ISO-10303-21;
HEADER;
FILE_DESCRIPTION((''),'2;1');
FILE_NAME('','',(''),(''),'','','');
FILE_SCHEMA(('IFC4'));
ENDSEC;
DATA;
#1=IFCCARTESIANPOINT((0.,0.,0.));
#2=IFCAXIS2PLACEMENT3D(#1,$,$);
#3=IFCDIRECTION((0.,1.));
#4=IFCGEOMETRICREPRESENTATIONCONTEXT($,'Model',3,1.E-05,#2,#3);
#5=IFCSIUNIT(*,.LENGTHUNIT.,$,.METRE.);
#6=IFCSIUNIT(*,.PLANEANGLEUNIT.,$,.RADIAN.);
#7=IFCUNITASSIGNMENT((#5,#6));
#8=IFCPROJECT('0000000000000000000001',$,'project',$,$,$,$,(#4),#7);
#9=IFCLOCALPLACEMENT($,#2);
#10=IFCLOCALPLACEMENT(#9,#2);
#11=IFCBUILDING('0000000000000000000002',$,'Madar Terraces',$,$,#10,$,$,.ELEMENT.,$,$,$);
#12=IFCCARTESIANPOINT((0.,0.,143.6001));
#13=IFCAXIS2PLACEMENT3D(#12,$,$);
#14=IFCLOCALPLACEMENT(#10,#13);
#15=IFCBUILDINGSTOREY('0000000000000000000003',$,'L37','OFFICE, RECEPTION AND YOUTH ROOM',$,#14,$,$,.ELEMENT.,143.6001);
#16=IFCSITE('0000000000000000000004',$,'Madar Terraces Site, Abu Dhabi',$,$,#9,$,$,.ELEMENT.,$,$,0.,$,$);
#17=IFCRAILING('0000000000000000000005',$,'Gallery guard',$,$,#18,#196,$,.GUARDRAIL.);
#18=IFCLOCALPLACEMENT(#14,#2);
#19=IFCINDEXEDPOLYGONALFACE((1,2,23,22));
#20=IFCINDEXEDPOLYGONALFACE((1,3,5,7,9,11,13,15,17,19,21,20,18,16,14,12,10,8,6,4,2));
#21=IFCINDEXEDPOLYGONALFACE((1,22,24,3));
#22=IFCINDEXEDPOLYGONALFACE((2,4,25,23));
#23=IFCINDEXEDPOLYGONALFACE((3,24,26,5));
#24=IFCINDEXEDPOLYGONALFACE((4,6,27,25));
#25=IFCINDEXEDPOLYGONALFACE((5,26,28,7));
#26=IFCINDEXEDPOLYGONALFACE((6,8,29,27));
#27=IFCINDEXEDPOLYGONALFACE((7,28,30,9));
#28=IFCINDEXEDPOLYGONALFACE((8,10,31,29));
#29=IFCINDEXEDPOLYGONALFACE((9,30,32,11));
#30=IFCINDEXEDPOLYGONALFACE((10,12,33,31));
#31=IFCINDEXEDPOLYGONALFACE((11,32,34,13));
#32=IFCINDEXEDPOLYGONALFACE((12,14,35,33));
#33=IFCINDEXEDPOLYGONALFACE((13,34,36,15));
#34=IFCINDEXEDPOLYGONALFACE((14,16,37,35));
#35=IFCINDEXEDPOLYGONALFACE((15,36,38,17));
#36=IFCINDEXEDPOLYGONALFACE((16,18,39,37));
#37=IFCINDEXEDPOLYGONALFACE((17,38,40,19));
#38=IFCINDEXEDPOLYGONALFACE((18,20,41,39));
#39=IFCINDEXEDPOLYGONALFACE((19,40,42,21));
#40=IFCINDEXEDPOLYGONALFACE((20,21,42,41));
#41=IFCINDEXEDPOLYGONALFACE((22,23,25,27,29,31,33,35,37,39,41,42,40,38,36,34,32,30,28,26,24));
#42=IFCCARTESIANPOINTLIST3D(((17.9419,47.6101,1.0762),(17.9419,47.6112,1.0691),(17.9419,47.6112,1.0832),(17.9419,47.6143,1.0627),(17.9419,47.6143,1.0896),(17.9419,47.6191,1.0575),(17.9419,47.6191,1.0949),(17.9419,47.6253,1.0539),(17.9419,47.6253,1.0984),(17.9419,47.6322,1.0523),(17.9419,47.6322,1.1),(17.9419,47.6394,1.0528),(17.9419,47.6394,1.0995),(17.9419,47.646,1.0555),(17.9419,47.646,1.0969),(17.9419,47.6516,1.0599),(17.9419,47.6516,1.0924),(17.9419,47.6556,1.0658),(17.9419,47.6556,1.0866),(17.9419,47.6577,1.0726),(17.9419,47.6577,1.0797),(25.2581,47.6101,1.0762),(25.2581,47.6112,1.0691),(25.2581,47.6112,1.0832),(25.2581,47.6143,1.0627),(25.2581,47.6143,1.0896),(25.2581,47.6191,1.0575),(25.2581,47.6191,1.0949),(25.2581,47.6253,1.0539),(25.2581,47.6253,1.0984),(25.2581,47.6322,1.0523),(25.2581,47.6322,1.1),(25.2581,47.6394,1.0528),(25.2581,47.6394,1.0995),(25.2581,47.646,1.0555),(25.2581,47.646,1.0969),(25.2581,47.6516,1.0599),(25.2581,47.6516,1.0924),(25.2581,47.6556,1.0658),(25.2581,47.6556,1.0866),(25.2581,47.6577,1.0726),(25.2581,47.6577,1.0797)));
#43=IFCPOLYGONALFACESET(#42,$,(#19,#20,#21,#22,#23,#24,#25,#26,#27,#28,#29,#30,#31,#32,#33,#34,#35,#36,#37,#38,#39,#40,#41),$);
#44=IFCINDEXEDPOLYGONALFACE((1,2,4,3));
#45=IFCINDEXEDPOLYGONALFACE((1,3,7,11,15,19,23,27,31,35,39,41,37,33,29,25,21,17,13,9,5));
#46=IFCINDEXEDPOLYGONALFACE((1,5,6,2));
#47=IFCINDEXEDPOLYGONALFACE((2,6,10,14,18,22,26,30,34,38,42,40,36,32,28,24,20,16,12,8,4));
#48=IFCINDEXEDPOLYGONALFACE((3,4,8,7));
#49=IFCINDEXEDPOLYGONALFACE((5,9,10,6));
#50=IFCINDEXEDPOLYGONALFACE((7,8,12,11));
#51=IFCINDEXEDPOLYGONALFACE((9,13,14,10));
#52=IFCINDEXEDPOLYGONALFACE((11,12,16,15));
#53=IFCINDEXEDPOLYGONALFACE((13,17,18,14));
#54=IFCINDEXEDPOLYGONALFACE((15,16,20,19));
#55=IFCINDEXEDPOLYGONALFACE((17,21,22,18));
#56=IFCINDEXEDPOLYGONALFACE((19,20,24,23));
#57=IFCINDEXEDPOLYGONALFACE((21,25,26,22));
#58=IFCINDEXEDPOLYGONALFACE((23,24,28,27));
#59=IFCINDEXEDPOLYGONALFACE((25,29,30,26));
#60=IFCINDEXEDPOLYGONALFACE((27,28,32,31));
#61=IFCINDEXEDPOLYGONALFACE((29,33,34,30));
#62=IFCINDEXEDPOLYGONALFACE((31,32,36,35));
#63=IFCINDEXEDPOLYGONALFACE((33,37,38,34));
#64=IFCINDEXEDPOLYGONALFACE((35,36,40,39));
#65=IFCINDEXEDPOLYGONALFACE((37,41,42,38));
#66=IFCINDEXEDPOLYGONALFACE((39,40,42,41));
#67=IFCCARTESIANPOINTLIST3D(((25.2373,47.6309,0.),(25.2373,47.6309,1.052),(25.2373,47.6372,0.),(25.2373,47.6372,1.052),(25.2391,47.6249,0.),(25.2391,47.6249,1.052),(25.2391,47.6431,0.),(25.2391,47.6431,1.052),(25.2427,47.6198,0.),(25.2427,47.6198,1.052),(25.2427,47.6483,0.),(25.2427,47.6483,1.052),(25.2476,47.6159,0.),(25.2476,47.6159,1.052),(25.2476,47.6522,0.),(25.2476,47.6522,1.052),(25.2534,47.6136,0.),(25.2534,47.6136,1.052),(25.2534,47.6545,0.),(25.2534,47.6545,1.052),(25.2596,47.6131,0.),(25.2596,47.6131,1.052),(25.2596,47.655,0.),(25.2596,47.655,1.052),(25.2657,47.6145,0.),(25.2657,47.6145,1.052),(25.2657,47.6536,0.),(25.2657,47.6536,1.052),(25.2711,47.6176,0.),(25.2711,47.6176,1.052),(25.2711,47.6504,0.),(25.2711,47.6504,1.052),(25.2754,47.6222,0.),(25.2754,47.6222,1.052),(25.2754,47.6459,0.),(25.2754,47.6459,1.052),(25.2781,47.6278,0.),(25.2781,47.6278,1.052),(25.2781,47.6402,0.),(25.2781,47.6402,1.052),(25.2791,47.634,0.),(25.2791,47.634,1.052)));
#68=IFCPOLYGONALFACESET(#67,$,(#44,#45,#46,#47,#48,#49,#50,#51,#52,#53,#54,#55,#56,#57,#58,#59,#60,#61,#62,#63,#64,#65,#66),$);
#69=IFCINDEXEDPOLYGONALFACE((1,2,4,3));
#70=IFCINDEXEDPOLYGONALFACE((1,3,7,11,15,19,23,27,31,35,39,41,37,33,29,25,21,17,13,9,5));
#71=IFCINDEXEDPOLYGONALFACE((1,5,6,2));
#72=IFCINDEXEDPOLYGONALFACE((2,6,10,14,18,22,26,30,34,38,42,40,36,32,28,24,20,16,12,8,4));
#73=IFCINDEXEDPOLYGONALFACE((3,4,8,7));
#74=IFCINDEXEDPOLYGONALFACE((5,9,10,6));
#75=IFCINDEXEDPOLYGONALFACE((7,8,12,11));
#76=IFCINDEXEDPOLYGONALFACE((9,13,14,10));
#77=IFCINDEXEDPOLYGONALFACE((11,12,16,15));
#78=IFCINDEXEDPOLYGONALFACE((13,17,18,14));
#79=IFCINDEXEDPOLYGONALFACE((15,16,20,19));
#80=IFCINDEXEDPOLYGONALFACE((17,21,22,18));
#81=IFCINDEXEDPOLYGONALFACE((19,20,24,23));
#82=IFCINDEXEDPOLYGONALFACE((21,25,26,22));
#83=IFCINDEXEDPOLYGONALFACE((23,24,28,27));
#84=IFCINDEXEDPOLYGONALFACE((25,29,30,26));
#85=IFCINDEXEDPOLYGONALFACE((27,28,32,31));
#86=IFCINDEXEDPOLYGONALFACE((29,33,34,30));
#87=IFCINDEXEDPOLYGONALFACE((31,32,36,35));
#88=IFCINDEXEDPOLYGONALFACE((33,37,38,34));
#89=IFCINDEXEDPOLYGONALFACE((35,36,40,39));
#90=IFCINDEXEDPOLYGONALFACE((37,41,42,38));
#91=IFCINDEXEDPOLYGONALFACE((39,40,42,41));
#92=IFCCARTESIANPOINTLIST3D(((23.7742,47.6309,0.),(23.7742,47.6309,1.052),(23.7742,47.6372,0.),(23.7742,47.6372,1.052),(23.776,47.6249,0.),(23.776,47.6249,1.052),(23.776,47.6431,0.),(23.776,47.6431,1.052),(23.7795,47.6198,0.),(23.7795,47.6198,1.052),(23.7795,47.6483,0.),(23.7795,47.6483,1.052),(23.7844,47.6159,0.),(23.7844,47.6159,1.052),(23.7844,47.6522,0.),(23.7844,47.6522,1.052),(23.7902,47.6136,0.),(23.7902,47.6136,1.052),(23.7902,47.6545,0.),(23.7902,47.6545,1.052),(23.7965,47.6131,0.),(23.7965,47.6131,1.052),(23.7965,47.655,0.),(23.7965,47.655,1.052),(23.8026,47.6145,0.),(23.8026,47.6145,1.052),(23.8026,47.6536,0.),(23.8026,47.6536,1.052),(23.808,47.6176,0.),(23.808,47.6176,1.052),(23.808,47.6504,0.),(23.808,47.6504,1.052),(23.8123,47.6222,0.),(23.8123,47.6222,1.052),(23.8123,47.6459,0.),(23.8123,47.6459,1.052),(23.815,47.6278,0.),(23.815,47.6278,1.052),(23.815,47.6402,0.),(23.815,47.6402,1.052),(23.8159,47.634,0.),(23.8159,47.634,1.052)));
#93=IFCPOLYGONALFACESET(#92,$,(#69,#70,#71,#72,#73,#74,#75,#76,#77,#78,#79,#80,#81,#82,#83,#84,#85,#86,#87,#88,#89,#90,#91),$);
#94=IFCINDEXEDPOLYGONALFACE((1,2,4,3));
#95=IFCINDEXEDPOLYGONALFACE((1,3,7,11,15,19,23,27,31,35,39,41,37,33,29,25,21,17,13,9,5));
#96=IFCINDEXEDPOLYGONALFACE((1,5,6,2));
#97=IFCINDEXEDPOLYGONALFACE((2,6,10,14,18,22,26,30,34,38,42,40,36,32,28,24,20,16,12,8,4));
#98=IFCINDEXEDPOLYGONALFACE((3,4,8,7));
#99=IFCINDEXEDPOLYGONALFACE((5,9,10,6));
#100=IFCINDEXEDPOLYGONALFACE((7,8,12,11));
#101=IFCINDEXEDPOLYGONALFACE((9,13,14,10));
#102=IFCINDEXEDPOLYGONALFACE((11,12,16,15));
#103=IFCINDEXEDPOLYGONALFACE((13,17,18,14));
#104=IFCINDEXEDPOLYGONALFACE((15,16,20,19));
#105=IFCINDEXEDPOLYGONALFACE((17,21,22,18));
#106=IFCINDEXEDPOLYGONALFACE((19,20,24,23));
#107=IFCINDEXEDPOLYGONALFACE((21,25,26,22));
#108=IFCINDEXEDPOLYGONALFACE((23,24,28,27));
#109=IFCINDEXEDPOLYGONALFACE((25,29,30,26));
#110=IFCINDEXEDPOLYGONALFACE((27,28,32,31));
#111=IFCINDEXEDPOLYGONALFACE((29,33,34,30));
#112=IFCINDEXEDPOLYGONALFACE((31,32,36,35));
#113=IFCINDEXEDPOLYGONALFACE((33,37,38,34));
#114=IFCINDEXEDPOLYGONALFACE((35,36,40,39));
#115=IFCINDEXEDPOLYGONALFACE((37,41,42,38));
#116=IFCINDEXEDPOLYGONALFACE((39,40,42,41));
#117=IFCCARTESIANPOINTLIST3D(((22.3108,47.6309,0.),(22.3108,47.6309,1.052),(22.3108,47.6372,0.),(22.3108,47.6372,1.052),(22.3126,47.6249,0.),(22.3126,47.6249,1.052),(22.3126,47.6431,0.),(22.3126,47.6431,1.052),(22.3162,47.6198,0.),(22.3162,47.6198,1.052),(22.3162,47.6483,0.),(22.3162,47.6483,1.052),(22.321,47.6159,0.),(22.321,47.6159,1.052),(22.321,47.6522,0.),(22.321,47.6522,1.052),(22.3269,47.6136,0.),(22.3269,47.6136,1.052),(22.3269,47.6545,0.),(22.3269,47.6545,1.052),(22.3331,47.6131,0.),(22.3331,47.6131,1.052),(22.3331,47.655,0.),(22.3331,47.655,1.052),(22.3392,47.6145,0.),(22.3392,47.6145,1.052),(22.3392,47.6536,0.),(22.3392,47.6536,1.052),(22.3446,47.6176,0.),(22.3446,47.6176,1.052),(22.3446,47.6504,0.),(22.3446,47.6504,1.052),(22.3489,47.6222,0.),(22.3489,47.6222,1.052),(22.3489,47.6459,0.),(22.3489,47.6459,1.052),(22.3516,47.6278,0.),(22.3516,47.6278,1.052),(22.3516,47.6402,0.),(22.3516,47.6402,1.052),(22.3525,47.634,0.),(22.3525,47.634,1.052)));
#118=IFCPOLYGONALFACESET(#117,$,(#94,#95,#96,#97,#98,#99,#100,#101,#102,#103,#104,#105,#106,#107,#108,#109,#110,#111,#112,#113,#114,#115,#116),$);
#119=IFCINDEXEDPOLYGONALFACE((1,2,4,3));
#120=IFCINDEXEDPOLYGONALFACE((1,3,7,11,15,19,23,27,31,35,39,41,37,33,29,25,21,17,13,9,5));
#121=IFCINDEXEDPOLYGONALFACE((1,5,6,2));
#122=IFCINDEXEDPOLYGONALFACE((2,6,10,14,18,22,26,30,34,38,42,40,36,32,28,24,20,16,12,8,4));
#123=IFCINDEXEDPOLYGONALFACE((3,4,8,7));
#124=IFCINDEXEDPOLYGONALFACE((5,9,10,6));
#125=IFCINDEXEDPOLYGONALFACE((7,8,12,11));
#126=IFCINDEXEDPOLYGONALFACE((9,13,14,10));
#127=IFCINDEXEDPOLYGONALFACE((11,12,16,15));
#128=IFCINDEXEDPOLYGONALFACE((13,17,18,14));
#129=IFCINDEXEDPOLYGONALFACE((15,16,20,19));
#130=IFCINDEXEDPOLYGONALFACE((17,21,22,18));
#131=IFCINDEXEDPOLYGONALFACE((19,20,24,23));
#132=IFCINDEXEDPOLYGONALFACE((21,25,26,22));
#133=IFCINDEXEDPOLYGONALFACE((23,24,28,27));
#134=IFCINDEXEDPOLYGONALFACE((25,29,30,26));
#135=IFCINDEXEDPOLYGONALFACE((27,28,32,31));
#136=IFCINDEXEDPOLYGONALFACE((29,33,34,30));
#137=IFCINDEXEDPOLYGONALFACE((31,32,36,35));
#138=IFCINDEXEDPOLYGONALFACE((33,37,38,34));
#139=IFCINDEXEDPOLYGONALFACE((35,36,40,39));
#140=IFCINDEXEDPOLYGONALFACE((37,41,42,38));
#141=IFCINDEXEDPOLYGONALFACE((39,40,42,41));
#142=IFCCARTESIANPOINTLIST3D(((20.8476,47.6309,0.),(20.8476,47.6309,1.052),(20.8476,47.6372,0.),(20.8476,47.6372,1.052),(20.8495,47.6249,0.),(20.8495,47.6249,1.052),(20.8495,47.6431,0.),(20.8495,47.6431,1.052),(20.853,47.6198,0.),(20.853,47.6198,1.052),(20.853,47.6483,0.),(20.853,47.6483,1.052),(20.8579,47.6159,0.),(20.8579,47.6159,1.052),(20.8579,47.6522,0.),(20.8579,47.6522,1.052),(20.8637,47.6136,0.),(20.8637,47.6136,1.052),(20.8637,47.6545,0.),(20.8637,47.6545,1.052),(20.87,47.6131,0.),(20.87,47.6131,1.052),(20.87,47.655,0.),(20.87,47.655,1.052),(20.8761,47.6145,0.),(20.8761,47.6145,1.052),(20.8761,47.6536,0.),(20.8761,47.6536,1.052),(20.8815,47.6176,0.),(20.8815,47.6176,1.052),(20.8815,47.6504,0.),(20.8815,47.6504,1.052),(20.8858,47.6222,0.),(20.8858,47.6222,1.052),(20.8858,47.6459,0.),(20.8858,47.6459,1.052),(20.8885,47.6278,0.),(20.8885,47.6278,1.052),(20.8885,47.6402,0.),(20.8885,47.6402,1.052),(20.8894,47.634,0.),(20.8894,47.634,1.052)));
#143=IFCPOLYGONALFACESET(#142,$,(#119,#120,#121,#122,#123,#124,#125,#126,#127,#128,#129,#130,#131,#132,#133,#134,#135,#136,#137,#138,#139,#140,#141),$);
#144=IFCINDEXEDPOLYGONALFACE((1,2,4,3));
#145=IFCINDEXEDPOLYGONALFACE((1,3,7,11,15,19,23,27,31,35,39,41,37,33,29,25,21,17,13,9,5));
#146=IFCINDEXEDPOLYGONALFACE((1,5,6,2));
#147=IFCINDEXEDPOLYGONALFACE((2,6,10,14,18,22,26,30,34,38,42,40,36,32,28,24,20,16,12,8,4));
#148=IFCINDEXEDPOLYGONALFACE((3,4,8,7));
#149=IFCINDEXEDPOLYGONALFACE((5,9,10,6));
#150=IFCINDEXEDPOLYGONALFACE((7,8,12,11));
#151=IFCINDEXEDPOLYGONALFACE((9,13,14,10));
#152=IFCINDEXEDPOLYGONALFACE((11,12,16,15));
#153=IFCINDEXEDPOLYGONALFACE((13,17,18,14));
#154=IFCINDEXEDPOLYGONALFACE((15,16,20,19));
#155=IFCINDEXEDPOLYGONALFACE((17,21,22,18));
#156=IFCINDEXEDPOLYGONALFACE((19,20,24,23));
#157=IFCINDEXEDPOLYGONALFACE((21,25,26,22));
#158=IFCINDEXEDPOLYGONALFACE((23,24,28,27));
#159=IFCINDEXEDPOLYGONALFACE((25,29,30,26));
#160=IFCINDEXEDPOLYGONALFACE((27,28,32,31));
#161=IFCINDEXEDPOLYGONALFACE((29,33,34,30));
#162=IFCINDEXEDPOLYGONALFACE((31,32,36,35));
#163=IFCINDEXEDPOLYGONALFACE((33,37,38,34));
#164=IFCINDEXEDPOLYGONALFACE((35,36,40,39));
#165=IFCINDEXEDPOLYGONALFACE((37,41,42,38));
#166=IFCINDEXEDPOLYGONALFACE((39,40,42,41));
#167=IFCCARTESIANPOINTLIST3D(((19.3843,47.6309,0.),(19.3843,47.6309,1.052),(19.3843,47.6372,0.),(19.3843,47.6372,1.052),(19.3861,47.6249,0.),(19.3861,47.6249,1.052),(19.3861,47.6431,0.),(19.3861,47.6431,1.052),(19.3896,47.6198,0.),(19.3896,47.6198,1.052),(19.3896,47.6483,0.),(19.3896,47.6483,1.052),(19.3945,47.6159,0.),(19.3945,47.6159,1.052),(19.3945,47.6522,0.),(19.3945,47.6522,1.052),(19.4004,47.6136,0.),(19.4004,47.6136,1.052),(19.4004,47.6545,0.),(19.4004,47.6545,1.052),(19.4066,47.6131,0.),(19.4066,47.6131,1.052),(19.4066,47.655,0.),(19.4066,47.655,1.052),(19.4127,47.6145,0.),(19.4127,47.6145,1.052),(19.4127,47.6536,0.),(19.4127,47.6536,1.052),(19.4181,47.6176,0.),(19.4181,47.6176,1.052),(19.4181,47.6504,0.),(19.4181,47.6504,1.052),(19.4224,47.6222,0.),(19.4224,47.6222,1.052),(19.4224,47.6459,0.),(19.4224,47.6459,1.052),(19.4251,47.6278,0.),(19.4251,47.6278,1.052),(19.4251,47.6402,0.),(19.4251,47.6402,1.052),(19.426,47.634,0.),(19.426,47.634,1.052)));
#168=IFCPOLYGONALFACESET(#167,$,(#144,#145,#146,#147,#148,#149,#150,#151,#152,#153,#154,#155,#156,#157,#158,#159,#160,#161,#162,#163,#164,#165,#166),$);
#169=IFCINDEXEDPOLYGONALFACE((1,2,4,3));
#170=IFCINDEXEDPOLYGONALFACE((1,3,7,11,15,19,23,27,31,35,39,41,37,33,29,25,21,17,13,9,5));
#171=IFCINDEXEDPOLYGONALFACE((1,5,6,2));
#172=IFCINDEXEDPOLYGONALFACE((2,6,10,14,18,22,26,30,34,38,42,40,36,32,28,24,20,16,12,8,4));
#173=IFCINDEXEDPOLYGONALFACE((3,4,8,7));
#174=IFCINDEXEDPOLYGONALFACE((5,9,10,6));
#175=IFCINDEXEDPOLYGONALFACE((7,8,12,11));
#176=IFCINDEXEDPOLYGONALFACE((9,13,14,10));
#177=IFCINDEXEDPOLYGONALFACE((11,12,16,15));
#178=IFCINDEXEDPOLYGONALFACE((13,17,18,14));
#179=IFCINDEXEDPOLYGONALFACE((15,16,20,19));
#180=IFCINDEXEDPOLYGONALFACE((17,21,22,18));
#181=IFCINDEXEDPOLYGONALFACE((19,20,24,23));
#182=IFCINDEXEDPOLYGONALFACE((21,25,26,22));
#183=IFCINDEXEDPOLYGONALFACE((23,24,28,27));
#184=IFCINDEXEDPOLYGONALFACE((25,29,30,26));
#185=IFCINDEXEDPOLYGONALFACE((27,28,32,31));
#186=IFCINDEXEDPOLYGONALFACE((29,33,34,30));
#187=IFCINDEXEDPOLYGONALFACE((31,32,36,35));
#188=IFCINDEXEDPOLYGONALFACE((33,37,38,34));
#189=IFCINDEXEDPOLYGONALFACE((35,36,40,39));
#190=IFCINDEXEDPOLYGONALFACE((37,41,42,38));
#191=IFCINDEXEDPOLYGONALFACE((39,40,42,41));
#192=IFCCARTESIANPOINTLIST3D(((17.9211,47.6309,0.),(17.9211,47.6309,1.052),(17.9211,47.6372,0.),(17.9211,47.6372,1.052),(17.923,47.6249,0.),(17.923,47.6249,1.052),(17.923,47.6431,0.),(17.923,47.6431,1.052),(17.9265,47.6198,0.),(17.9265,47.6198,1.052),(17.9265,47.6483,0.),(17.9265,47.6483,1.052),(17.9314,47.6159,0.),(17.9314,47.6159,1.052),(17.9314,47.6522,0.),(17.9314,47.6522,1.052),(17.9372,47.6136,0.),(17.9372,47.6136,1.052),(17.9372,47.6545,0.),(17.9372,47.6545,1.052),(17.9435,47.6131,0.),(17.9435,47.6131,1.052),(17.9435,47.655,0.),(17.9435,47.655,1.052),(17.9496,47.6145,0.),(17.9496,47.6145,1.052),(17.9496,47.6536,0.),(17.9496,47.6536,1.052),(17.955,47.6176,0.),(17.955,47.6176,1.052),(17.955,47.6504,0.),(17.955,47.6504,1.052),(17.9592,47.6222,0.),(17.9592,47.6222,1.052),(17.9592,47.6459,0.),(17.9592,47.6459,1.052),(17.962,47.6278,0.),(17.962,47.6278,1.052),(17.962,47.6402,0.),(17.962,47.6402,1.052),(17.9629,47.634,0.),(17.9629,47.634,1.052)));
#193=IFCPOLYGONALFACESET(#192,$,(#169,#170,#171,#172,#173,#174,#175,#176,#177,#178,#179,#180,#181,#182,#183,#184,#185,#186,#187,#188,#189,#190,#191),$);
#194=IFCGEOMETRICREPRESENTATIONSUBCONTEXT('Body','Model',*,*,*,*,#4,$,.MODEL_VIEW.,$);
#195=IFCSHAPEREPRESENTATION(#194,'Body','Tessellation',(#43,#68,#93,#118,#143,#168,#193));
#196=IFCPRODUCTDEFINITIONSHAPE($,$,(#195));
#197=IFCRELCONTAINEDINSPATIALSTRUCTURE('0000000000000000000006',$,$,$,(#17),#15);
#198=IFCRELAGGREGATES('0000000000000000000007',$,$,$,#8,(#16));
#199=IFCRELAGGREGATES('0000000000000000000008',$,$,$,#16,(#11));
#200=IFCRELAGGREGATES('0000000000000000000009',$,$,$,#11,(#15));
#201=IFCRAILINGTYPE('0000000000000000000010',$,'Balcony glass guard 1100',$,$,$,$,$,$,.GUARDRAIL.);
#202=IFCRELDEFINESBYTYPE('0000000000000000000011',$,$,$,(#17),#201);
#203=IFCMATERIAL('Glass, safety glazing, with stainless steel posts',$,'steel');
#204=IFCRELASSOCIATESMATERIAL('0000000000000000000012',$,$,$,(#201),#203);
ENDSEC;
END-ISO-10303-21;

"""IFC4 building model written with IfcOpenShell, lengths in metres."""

from ifc_helpers import new_model, si_unit, direction, frame, origin, origin_2d, place, context, subcontext, project, spatial, circle, extrude, material, type_object, element, save


model = new_model("IFC4")

# Units and contexts
model_context = context("Model", 3, precision=1e-05, world=origin(), true_north=direction((0.0, 1.0)))
body_context = subcontext(model_context, "Body", "Model", "MODEL_VIEW")
ifc_project = project(units=[si_unit("LENGTHUNIT", "METRE"), si_unit("PLANEANGLEUNIT", "RADIAN")], contexts=[model_context])

# Site, building, storey
site_placement = place(None, origin())
site = spatial("IfcSite", under=ifc_project, at=site_placement, Name="Madar Terraces Site, Abu Dhabi", CompositionType="ELEMENT", RefElevation=0.0)
building_placement = place(site_placement, origin())
building = spatial("IfcBuilding", under=site, at=building_placement, Name="Madar Terraces", CompositionType="ELEMENT")
storey_placement = place(building_placement, frame((0.0, 0.0, 143.6001)))
storey = spatial("IfcBuildingStorey", under=building, at=storey_placement, Name="L37", Description="OFFICE, RECEPTION AND YOUTH ROOM", CompositionType="ELEMENT", Elevation=143.6001)

# Railing
ifc_material_1 = material(Name="Glass, safety glazing, with stainless steel posts", Category="steel")
railing_type = type_object("IfcRailingType", Name="Balcony glass guard 1100", PredefinedType="GUARDRAIL", material=ifc_material_1)
railing_1_placement = place(storey_placement, frame((25.2581, 47.634, 0.0)))
element("IfcRailing", 1, at=railing_1_placement, inside=storey, type_object=railing_type, Name="Gallery guard", PredefinedType="GUARDRAIL", context=body_context, shape_type="SweptSolid", body=[
    extrude(circle(Radius=0.0239, at=origin_2d()), frame((0.0, 0.0, 1.0762), z_axis=(-1.0, 0.0, 0.0), x_axis=(0.0, -1.0, 0.0)), (0.0, 0.0, 1.0), 7.3162),
    extrude(circle(Radius=0.021, at=origin_2d()), origin(), (0.0, 0.0, 1.0), 1.052),
    extrude(circle(Radius=0.021, at=origin_2d()), frame((-1.4631, 0.0, 0.0)), (0.0, 0.0, 1.0), 1.052),
    extrude(circle(Radius=0.021, at=origin_2d()), frame((-2.9265, 0.0, 0.0)), (0.0, 0.0, 1.0), 1.052),
    extrude(circle(Radius=0.021, at=origin_2d()), frame((-4.3896, 0.0, 0.0)), (0.0, 0.0, 1.0), 1.052),
    extrude(circle(Radius=0.021, at=origin_2d()), frame((-5.853, 0.0, 0.0)), (0.0, 0.0, 1.0), 1.052),
    extrude(circle(Radius=0.021, at=origin_2d()), frame((-7.3162, 0.0, 0.0)), (0.0, 0.0, 1.0), 1.052),
])

save(model, "model.ifc")
